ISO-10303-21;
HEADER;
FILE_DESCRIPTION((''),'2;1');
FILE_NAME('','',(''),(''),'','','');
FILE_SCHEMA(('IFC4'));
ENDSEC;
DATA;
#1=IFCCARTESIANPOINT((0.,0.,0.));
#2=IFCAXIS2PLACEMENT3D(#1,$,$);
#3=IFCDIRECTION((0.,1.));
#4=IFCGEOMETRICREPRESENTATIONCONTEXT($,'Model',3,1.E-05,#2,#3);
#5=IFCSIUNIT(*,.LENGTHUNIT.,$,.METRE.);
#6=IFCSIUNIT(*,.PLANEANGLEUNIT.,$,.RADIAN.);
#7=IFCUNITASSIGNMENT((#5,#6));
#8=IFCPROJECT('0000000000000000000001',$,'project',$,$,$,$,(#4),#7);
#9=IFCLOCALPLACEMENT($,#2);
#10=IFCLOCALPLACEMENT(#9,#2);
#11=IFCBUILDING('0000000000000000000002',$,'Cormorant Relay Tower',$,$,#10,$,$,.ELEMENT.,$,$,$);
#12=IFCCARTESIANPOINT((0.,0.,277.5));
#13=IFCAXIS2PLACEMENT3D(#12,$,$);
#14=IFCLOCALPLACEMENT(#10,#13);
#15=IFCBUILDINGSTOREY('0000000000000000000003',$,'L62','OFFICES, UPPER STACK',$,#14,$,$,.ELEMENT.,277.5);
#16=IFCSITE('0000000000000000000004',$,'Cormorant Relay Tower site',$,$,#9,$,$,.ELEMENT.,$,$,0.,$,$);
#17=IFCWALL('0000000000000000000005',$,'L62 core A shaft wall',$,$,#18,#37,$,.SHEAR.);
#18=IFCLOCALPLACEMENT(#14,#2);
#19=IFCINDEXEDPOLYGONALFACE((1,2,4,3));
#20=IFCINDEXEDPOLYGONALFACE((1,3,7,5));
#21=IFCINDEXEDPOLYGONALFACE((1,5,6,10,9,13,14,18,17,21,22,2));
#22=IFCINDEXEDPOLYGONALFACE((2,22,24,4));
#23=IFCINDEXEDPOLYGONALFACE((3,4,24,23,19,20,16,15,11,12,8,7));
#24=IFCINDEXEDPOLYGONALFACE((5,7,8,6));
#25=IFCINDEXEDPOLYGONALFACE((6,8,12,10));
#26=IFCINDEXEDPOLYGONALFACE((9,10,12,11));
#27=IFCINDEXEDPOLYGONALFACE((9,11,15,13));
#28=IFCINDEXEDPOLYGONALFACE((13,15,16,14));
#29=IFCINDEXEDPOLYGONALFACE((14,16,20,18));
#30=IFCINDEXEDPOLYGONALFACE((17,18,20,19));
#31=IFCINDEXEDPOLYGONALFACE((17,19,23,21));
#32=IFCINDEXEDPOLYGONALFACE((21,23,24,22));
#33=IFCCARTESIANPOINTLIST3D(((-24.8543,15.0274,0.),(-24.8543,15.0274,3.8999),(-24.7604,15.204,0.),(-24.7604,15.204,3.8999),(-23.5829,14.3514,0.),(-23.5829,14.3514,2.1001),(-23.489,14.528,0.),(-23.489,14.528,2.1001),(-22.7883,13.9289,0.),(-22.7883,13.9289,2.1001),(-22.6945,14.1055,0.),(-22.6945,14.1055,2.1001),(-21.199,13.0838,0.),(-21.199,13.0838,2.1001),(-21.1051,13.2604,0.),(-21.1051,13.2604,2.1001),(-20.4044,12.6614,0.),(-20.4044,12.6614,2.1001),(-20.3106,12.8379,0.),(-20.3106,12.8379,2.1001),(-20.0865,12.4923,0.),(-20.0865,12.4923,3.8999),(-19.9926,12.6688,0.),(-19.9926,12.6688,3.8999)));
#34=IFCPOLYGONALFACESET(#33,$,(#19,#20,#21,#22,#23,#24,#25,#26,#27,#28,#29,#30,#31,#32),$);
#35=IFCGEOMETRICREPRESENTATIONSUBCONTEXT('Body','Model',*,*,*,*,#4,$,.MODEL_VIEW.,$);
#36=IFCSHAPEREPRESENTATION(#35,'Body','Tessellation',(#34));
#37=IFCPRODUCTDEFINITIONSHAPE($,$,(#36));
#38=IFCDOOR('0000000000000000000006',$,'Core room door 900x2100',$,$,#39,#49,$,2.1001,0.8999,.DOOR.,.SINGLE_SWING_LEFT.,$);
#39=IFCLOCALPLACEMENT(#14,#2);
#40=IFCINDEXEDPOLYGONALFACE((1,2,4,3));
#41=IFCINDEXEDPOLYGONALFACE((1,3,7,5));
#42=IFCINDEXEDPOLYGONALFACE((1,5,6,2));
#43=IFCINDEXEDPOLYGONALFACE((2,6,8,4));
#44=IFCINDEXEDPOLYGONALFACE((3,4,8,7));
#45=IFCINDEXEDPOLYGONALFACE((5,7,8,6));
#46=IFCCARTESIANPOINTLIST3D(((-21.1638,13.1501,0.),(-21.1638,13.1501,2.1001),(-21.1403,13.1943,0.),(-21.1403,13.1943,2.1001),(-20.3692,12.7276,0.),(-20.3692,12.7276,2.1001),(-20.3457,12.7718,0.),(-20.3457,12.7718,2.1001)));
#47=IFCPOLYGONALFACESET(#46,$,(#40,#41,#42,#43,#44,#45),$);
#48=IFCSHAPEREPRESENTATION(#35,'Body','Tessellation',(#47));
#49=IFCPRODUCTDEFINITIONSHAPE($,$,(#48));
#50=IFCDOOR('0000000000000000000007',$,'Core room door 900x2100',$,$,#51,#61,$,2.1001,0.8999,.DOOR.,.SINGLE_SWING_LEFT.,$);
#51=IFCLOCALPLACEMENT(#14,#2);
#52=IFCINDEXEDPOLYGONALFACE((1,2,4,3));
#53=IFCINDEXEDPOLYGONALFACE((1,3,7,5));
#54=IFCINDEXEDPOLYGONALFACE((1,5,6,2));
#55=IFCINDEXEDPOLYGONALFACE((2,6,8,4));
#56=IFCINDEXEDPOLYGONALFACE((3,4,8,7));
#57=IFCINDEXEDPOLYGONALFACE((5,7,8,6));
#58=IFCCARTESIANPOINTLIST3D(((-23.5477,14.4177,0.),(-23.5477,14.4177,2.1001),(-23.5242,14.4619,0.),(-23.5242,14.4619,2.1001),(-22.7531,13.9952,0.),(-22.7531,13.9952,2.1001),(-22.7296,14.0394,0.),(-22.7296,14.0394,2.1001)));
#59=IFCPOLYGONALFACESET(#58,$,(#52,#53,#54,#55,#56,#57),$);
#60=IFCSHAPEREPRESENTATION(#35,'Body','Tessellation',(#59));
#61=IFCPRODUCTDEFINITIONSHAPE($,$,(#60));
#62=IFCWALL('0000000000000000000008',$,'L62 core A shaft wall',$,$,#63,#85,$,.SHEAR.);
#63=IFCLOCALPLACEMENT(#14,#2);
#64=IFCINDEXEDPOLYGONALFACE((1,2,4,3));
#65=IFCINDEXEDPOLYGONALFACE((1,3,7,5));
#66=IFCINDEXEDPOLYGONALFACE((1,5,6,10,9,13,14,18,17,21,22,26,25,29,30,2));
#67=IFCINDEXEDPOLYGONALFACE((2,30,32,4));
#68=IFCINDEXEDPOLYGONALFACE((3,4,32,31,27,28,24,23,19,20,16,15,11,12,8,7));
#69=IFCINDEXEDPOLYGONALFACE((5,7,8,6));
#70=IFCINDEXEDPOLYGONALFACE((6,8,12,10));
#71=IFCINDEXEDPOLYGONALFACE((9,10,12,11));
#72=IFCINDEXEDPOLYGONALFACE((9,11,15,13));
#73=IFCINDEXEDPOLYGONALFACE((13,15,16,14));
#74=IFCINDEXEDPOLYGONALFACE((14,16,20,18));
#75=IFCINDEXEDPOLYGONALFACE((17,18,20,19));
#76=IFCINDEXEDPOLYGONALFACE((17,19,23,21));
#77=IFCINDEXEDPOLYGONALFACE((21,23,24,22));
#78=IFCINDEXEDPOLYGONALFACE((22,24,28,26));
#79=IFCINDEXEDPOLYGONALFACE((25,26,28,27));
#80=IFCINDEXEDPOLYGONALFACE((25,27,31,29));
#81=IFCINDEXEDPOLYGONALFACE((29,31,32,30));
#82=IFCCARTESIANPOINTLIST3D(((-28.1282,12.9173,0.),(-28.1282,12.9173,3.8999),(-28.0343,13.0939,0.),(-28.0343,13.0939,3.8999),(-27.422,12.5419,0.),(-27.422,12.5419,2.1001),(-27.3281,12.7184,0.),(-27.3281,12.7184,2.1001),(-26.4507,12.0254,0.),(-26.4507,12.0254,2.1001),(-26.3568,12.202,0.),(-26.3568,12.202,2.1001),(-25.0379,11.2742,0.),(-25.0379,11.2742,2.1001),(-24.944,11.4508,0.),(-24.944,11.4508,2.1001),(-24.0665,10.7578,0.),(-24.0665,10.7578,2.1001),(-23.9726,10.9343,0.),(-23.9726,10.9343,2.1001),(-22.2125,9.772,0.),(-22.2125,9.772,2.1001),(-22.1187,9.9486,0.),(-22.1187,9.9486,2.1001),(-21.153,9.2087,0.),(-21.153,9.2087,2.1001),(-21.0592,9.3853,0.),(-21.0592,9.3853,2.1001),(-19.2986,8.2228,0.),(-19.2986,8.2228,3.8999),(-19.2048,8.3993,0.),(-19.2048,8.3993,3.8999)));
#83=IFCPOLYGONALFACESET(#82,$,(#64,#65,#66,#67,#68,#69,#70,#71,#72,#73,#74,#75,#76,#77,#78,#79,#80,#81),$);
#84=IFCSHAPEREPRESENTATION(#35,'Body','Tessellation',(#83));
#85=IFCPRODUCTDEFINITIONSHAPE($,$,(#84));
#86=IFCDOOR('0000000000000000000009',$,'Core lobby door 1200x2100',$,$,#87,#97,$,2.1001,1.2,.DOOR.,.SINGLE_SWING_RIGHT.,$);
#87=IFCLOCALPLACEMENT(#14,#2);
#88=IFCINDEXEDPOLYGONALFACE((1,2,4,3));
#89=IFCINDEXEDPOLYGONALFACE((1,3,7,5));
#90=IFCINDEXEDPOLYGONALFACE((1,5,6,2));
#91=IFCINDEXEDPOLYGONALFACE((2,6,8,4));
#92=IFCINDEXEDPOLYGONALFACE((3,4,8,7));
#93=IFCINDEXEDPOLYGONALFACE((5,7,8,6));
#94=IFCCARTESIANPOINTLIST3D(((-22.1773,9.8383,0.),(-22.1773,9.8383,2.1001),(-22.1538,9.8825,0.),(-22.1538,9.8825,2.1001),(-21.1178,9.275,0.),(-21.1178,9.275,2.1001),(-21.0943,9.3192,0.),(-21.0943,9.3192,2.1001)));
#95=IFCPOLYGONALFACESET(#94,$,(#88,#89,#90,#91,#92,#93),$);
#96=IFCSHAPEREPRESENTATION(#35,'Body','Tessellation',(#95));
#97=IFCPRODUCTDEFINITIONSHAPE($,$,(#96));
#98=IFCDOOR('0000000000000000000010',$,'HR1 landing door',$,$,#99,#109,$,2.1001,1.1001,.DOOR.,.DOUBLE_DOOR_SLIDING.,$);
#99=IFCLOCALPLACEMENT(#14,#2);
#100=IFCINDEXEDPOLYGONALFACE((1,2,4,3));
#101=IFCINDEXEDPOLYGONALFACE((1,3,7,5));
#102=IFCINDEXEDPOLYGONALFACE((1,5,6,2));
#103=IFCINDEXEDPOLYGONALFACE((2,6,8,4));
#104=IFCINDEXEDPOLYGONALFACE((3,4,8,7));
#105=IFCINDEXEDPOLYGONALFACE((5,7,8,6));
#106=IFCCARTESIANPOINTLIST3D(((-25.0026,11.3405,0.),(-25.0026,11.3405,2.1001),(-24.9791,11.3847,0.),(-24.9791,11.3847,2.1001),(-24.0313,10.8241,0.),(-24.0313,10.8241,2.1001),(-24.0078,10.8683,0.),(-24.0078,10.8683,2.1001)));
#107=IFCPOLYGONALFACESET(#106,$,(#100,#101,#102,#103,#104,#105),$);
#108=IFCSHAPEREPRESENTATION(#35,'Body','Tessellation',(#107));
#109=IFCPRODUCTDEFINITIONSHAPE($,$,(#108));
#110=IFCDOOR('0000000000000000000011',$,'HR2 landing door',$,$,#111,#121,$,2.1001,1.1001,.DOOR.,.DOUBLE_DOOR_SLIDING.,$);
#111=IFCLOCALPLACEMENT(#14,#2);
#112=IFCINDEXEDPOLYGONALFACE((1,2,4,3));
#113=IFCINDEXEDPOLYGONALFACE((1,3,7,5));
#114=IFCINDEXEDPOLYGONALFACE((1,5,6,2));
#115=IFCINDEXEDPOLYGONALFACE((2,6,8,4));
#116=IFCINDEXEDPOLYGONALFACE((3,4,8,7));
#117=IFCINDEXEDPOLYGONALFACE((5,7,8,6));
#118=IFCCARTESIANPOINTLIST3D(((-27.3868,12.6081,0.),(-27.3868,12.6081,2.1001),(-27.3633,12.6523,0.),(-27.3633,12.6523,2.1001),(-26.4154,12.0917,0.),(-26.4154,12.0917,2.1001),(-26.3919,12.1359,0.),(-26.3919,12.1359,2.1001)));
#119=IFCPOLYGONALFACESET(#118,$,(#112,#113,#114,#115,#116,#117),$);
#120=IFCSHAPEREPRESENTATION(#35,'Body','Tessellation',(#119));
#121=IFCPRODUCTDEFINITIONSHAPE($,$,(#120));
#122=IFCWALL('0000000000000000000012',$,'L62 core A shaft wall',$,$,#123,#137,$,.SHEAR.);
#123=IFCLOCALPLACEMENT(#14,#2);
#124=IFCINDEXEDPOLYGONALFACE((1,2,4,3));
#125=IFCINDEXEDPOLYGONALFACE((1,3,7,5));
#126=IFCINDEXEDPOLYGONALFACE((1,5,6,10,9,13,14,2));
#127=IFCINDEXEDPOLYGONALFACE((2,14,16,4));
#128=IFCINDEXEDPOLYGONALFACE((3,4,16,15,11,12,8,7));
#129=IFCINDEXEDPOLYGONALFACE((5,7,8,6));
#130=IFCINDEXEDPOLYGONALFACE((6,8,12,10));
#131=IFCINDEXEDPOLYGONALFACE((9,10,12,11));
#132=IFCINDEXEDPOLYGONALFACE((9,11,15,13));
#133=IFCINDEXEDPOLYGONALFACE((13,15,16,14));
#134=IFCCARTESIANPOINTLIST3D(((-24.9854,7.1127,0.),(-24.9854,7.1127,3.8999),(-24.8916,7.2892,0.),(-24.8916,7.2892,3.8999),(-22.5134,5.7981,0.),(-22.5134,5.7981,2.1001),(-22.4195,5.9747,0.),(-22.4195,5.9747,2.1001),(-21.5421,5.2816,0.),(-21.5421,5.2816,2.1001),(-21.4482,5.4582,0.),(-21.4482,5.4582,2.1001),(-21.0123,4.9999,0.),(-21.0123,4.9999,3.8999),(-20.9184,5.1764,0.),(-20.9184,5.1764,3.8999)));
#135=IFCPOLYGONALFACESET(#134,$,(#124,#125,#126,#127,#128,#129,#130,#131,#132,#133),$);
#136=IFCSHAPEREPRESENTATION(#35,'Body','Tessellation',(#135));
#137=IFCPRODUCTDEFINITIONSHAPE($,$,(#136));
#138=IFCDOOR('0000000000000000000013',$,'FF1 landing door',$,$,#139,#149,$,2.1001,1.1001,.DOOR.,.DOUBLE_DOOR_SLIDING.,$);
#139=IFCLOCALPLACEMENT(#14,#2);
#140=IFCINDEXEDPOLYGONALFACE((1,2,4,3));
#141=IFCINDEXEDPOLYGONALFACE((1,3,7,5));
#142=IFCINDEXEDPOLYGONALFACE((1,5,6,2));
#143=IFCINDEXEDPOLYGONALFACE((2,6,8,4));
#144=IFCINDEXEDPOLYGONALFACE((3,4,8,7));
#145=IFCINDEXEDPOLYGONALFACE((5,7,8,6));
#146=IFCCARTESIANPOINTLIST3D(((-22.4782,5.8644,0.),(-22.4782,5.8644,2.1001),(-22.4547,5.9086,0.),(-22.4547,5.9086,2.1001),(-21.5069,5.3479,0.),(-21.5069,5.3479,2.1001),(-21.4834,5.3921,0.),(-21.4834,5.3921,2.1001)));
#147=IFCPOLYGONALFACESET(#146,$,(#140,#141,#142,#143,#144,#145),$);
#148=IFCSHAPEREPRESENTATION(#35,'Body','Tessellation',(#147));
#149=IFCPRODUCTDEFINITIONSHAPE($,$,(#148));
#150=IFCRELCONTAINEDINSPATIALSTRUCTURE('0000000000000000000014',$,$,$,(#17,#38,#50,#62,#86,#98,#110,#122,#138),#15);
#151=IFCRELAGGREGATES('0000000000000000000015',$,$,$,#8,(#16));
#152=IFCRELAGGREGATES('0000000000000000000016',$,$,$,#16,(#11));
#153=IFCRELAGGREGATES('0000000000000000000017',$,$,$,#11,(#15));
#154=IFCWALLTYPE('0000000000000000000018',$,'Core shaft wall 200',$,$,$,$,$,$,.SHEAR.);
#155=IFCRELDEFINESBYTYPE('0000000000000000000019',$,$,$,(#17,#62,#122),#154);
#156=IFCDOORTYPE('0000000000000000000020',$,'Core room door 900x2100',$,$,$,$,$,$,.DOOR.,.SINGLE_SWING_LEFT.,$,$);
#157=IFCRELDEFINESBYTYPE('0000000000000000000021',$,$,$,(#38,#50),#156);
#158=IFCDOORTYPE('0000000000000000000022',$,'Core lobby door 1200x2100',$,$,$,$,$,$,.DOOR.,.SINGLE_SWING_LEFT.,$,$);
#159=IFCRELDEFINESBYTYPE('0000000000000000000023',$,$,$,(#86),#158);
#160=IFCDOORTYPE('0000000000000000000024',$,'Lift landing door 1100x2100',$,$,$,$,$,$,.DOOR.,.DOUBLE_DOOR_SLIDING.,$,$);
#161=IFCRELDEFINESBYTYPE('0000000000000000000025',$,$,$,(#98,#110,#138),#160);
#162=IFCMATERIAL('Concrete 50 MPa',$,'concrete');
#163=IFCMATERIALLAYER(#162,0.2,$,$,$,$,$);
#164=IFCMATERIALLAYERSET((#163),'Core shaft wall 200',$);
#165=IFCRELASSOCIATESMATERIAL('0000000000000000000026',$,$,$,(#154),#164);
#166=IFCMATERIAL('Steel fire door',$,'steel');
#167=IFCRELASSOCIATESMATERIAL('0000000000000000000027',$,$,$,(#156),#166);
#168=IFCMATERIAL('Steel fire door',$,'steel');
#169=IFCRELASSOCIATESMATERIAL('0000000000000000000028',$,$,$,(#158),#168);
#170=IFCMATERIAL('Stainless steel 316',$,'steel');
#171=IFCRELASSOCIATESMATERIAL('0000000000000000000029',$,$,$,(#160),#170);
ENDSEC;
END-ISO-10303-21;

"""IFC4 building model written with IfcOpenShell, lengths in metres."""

from ifc_helpers import new_model, si_unit, direction, frame, frame_2d, origin, place, context, subcontext, project, spatial, rectangle, extrude, material, layer, layer_set, type_object, element, fill, save


model = new_model("IFC4")

# Units and contexts
model_context = context("Model", 3, precision=1e-05, world=origin(), true_north=direction((0.0, 1.0)))
body_context = subcontext(model_context, "Body", "Model", "MODEL_VIEW")
ifc_project = project(units=[si_unit("LENGTHUNIT", "METRE"), si_unit("PLANEANGLEUNIT", "RADIAN")], contexts=[model_context])

# Site, building, storey
site_placement = place(None, origin())
site = spatial("IfcSite", under=ifc_project, at=site_placement, Name="Cormorant Relay Tower site", CompositionType="ELEMENT", RefElevation=0.0)
building_placement = place(site_placement, origin())
building = spatial("IfcBuilding", under=site, at=building_placement, Name="Cormorant Relay Tower", CompositionType="ELEMENT")
storey_placement = place(building_placement, frame((0.0, 0.0, 277.5)))
storey = spatial("IfcBuildingStorey", under=building, at=storey_placement, Name="L62", Description="OFFICES, UPPER STACK", CompositionType="ELEMENT", Elevation=277.5)

# Shared definitions
ifc_material_1 = material(Name="Concrete 50 MPa", Category="concrete")
ifc_layer_1 = layer(ifc_material_1, 0.2)
ifc_layer_set_1 = layer_set([ifc_layer_1], Name="Core shaft wall 200")
wall_type_1 = type_object("IfcWallType", Name="Core shaft wall 200", PredefinedType="SHEAR", material=ifc_layer_set_1)

# Walls, openings, doors
wall_1_placement = place(storey_placement, frame((-20.0396, 12.5806, 0.0), z_axis=(0.0, 0.0, 1.0), x_axis=(-0.882943, 0.46948, 0.0)))
wall_1 = element("IfcWall", 1, at=wall_1_placement, inside=storey, type_object=wall_type_1, Name="L62 core A shaft wall", PredefinedType="SHEAR", context=body_context, shape_type="SweptSolid", body=[
    extrude(rectangle(XDim=5.3999, YDim=0.2, at=frame_2d((2.7, 0.0))), origin(), (0.0, 0.0, 1.0), 3.8999),
])
opening_1_placement = place(wall_1_placement, frame((0.3601, 0.0, 0.0)))
opening_1 = element("IfcOpeningElement", 2, at=opening_1_placement, cuts=wall_1, PredefinedType="OPENING", context=body_context, shape_type="SweptSolid", body=[
    extrude(rectangle(XDim=0.8999, YDim=2.1001, at=frame_2d((0.45, 1.05))), frame((0.0, 0.1099, 0.0), z_axis=(0.0, -1.0, 0.0), x_axis=(1.0, 0.0, 0.0)), (0.0, 0.0, 1.0), 0.22),
])
opening_2_placement = place(wall_1_placement, frame((3.0601, 0.0, 0.0)))
opening_2 = element("IfcOpeningElement", 3, at=opening_2_placement, cuts=wall_1, PredefinedType="OPENING", context=body_context, shape_type="SweptSolid", body=[
    extrude(rectangle(XDim=0.8999, YDim=2.1001, at=frame_2d((0.45, 1.05))), frame((0.0, 0.1099, 0.0), z_axis=(0.0, -1.0, 0.0), x_axis=(1.0, 0.0, 0.0)), (0.0, 0.0, 1.0), 0.22),
])
ifc_material_2 = material(Name="Steel fire door", Category="steel")
door_type_1 = type_object("IfcDoorType", Name="Core room door 900x2100", OperationType="SINGLE_SWING_LEFT", PredefinedType="DOOR", material=ifc_material_2)
door_1_placement = place(opening_1_placement, origin())
door_1 = element("IfcDoor", 4, at=door_1_placement, inside=storey, type_object=door_type_1, Name="Core room door 900x2100", OperationType="SINGLE_SWING_LEFT", OverallHeight=2.1001, OverallWidth=0.8999, PredefinedType="DOOR", context=body_context, shape_type="SweptSolid", body=[
    extrude(rectangle(XDim=0.8999, YDim=2.1001, at=frame_2d((0.45, 1.05))), frame((0.0, 0.0249, 0.0), z_axis=(0.0, -1.0, 0.0), x_axis=(1.0, 0.0, 0.0)), (0.0, 0.0, 1.0), 0.05),
])
fill(opening_1, door_1)
door_2_placement = place(opening_2_placement, origin())
door_2 = element("IfcDoor", 5, at=door_2_placement, inside=storey, type_object=door_type_1, Name="Core room door 900x2100", OperationType="SINGLE_SWING_LEFT", OverallHeight=2.1001, OverallWidth=0.8999, PredefinedType="DOOR", context=body_context, shape_type="SweptSolid", body=[
    extrude(rectangle(XDim=0.8999, YDim=2.1001, at=frame_2d((0.45, 1.05))), frame((0.0, 0.0249, 0.0), z_axis=(0.0, -1.0, 0.0), x_axis=(1.0, 0.0, 0.0)), (0.0, 0.0, 1.0), 0.05),
])
fill(opening_2, door_2)
wall_2_placement = place(storey_placement, frame((-19.2517, 8.311, 0.0), z_axis=(0.0, 0.0, 1.0), x_axis=(-0.882956, 0.469456, 0.0)))
wall_2 = element("IfcWall", 6, at=wall_2_placement, inside=storey, type_object=wall_type_1, Name="L62 core A shaft wall", PredefinedType="SHEAR", context=body_context, shape_type="SweptSolid", body=[
    extrude(rectangle(XDim=10.0, YDim=0.2, at=frame_2d((5.0, 0.0))), origin(), (0.0, 0.0, 1.0), 3.8999),
])
opening_3_placement = place(wall_2_placement, frame((2.1001, 0.0, 0.0)))
opening_3 = element("IfcOpeningElement", 7, at=opening_3_placement, cuts=wall_2, PredefinedType="OPENING", context=body_context, shape_type="SweptSolid", body=[
    extrude(rectangle(XDim=1.2, YDim=2.1001, at=frame_2d((0.6001, 1.05))), frame((0.0, 0.1099, 0.0), z_axis=(0.0, -1.0, 0.0), x_axis=(1.0, 0.0, 0.0)), (0.0, 0.0, 1.0), 0.22),
])
opening_4_placement = place(wall_2_placement, frame((5.3999, 0.0, 0.0)))
opening_4 = element("IfcOpeningElement", 8, at=opening_4_placement, cuts=wall_2, PredefinedType="OPENING", context=body_context, shape_type="SweptSolid", body=[
    extrude(rectangle(XDim=1.1001, YDim=2.1001, at=frame_2d((0.55, 1.05))), frame((0.0, 0.1099, 0.0), z_axis=(0.0, -1.0, 0.0), x_axis=(1.0, 0.0, 0.0)), (0.0, 0.0, 1.0), 0.22),
])
opening_5_placement = place(wall_2_placement, frame((8.1001, 0.0, 0.0)))
opening_5 = element("IfcOpeningElement", 9, at=opening_5_placement, cuts=wall_2, PredefinedType="OPENING", context=body_context, shape_type="SweptSolid", body=[
    extrude(rectangle(XDim=1.1001, YDim=2.1001, at=frame_2d((0.55, 1.05))), frame((0.0, 0.1099, 0.0), z_axis=(0.0, -1.0, 0.0), x_axis=(1.0, 0.0, 0.0)), (0.0, 0.0, 1.0), 0.22),
])
ifc_material_3 = material(Name="Steel fire door", Category="steel")
door_type_2 = type_object("IfcDoorType", Name="Core lobby door 1200x2100", OperationType="SINGLE_SWING_LEFT", PredefinedType="DOOR", material=ifc_material_3)
door_3_placement = place(opening_3_placement, origin())
door_3 = element("IfcDoor", 10, at=door_3_placement, inside=storey, type_object=door_type_2, Name="Core lobby door 1200x2100", OperationType="SINGLE_SWING_RIGHT", OverallHeight=2.1001, OverallWidth=1.2, PredefinedType="DOOR", context=body_context, shape_type="SweptSolid", body=[
    extrude(rectangle(XDim=1.2, YDim=2.1001, at=frame_2d((0.6001, 1.05))), frame((0.0, 0.0249, 0.0), z_axis=(0.0, -1.0, 0.0), x_axis=(1.0, 0.0, 0.0)), (0.0, 0.0, 1.0), 0.05),
])
fill(opening_3, door_3)
ifc_material_4 = material(Name="Stainless steel 316", Category="steel")
door_type_3 = type_object("IfcDoorType", Name="Lift landing door 1100x2100", OperationType="DOUBLE_DOOR_SLIDING", PredefinedType="DOOR", material=ifc_material_4)
door_4_placement = place(opening_4_placement, origin())
door_4 = element("IfcDoor", 11, at=door_4_placement, inside=storey, type_object=door_type_3, Name="HR1 landing door", OperationType="DOUBLE_DOOR_SLIDING", OverallHeight=2.1001, OverallWidth=1.1001, PredefinedType="DOOR", context=body_context, shape_type="SweptSolid", body=[
    extrude(rectangle(XDim=1.1001, YDim=2.1001, at=frame_2d((0.55, 1.05))), frame((0.0, 0.0249, 0.0), z_axis=(0.0, -1.0, 0.0), x_axis=(1.0, 0.0, 0.0)), (0.0, 0.0, 1.0), 0.05),
])
fill(opening_4, door_4)
door_5_placement = place(opening_5_placement, origin())
door_5 = element("IfcDoor", 12, at=door_5_placement, inside=storey, type_object=door_type_3, Name="HR2 landing door", OperationType="DOUBLE_DOOR_SLIDING", OverallHeight=2.1001, OverallWidth=1.1001, PredefinedType="DOOR", context=body_context, shape_type="SweptSolid", body=[
    extrude(rectangle(XDim=1.1001, YDim=2.1001, at=frame_2d((0.55, 1.05))), frame((0.0, 0.0249, 0.0), z_axis=(0.0, -1.0, 0.0), x_axis=(1.0, 0.0, 0.0)), (0.0, 0.0, 1.0), 0.05),
])
fill(opening_5, door_5)

# Wall, opening, door
wall_3_placement = place(storey_placement, frame((-20.9653, 5.0881, 0.0), z_axis=(0.0, 0.0, 1.0), x_axis=(-0.882926, 0.469512, 0.0)))
wall_3 = element("IfcWall", 13, at=wall_3_placement, inside=storey, type_object=wall_type_1, Name="L62 core A shaft wall", PredefinedType="SHEAR", context=body_context, shape_type="SweptSolid", body=[
    extrude(rectangle(XDim=4.5, YDim=0.2, at=frame_2d((2.25, 0.0))), origin(), (0.0, 0.0, 1.0), 3.8999),
])
opening_6_placement = place(wall_3_placement, frame((0.6001, 0.0, 0.0)))
opening_6 = element("IfcOpeningElement", 14, at=opening_6_placement, cuts=wall_3, PredefinedType="OPENING", context=body_context, shape_type="SweptSolid", body=[
    extrude(rectangle(XDim=1.1001, YDim=2.1001, at=frame_2d((0.55, 1.05))), frame((0.0, 0.1099, 0.0), z_axis=(0.0, -1.0, 0.0), x_axis=(1.0, 0.0, 0.0)), (0.0, 0.0, 1.0), 0.22),
])
door_6_placement = place(opening_6_placement, origin())
door_6 = element("IfcDoor", 15, at=door_6_placement, inside=storey, type_object=door_type_3, Name="FF1 landing door", OperationType="DOUBLE_DOOR_SLIDING", OverallHeight=2.1001, OverallWidth=1.1001, PredefinedType="DOOR", context=body_context, shape_type="SweptSolid", body=[
    extrude(rectangle(XDim=1.1001, YDim=2.1001, at=frame_2d((0.55, 1.05))), frame((0.0, 0.0249, 0.0), z_axis=(0.0, -1.0, 0.0), x_axis=(1.0, 0.0, 0.0)), (0.0, 0.0, 1.0), 0.05),
])
fill(opening_6, door_6)

save(model, "model.ifc")
